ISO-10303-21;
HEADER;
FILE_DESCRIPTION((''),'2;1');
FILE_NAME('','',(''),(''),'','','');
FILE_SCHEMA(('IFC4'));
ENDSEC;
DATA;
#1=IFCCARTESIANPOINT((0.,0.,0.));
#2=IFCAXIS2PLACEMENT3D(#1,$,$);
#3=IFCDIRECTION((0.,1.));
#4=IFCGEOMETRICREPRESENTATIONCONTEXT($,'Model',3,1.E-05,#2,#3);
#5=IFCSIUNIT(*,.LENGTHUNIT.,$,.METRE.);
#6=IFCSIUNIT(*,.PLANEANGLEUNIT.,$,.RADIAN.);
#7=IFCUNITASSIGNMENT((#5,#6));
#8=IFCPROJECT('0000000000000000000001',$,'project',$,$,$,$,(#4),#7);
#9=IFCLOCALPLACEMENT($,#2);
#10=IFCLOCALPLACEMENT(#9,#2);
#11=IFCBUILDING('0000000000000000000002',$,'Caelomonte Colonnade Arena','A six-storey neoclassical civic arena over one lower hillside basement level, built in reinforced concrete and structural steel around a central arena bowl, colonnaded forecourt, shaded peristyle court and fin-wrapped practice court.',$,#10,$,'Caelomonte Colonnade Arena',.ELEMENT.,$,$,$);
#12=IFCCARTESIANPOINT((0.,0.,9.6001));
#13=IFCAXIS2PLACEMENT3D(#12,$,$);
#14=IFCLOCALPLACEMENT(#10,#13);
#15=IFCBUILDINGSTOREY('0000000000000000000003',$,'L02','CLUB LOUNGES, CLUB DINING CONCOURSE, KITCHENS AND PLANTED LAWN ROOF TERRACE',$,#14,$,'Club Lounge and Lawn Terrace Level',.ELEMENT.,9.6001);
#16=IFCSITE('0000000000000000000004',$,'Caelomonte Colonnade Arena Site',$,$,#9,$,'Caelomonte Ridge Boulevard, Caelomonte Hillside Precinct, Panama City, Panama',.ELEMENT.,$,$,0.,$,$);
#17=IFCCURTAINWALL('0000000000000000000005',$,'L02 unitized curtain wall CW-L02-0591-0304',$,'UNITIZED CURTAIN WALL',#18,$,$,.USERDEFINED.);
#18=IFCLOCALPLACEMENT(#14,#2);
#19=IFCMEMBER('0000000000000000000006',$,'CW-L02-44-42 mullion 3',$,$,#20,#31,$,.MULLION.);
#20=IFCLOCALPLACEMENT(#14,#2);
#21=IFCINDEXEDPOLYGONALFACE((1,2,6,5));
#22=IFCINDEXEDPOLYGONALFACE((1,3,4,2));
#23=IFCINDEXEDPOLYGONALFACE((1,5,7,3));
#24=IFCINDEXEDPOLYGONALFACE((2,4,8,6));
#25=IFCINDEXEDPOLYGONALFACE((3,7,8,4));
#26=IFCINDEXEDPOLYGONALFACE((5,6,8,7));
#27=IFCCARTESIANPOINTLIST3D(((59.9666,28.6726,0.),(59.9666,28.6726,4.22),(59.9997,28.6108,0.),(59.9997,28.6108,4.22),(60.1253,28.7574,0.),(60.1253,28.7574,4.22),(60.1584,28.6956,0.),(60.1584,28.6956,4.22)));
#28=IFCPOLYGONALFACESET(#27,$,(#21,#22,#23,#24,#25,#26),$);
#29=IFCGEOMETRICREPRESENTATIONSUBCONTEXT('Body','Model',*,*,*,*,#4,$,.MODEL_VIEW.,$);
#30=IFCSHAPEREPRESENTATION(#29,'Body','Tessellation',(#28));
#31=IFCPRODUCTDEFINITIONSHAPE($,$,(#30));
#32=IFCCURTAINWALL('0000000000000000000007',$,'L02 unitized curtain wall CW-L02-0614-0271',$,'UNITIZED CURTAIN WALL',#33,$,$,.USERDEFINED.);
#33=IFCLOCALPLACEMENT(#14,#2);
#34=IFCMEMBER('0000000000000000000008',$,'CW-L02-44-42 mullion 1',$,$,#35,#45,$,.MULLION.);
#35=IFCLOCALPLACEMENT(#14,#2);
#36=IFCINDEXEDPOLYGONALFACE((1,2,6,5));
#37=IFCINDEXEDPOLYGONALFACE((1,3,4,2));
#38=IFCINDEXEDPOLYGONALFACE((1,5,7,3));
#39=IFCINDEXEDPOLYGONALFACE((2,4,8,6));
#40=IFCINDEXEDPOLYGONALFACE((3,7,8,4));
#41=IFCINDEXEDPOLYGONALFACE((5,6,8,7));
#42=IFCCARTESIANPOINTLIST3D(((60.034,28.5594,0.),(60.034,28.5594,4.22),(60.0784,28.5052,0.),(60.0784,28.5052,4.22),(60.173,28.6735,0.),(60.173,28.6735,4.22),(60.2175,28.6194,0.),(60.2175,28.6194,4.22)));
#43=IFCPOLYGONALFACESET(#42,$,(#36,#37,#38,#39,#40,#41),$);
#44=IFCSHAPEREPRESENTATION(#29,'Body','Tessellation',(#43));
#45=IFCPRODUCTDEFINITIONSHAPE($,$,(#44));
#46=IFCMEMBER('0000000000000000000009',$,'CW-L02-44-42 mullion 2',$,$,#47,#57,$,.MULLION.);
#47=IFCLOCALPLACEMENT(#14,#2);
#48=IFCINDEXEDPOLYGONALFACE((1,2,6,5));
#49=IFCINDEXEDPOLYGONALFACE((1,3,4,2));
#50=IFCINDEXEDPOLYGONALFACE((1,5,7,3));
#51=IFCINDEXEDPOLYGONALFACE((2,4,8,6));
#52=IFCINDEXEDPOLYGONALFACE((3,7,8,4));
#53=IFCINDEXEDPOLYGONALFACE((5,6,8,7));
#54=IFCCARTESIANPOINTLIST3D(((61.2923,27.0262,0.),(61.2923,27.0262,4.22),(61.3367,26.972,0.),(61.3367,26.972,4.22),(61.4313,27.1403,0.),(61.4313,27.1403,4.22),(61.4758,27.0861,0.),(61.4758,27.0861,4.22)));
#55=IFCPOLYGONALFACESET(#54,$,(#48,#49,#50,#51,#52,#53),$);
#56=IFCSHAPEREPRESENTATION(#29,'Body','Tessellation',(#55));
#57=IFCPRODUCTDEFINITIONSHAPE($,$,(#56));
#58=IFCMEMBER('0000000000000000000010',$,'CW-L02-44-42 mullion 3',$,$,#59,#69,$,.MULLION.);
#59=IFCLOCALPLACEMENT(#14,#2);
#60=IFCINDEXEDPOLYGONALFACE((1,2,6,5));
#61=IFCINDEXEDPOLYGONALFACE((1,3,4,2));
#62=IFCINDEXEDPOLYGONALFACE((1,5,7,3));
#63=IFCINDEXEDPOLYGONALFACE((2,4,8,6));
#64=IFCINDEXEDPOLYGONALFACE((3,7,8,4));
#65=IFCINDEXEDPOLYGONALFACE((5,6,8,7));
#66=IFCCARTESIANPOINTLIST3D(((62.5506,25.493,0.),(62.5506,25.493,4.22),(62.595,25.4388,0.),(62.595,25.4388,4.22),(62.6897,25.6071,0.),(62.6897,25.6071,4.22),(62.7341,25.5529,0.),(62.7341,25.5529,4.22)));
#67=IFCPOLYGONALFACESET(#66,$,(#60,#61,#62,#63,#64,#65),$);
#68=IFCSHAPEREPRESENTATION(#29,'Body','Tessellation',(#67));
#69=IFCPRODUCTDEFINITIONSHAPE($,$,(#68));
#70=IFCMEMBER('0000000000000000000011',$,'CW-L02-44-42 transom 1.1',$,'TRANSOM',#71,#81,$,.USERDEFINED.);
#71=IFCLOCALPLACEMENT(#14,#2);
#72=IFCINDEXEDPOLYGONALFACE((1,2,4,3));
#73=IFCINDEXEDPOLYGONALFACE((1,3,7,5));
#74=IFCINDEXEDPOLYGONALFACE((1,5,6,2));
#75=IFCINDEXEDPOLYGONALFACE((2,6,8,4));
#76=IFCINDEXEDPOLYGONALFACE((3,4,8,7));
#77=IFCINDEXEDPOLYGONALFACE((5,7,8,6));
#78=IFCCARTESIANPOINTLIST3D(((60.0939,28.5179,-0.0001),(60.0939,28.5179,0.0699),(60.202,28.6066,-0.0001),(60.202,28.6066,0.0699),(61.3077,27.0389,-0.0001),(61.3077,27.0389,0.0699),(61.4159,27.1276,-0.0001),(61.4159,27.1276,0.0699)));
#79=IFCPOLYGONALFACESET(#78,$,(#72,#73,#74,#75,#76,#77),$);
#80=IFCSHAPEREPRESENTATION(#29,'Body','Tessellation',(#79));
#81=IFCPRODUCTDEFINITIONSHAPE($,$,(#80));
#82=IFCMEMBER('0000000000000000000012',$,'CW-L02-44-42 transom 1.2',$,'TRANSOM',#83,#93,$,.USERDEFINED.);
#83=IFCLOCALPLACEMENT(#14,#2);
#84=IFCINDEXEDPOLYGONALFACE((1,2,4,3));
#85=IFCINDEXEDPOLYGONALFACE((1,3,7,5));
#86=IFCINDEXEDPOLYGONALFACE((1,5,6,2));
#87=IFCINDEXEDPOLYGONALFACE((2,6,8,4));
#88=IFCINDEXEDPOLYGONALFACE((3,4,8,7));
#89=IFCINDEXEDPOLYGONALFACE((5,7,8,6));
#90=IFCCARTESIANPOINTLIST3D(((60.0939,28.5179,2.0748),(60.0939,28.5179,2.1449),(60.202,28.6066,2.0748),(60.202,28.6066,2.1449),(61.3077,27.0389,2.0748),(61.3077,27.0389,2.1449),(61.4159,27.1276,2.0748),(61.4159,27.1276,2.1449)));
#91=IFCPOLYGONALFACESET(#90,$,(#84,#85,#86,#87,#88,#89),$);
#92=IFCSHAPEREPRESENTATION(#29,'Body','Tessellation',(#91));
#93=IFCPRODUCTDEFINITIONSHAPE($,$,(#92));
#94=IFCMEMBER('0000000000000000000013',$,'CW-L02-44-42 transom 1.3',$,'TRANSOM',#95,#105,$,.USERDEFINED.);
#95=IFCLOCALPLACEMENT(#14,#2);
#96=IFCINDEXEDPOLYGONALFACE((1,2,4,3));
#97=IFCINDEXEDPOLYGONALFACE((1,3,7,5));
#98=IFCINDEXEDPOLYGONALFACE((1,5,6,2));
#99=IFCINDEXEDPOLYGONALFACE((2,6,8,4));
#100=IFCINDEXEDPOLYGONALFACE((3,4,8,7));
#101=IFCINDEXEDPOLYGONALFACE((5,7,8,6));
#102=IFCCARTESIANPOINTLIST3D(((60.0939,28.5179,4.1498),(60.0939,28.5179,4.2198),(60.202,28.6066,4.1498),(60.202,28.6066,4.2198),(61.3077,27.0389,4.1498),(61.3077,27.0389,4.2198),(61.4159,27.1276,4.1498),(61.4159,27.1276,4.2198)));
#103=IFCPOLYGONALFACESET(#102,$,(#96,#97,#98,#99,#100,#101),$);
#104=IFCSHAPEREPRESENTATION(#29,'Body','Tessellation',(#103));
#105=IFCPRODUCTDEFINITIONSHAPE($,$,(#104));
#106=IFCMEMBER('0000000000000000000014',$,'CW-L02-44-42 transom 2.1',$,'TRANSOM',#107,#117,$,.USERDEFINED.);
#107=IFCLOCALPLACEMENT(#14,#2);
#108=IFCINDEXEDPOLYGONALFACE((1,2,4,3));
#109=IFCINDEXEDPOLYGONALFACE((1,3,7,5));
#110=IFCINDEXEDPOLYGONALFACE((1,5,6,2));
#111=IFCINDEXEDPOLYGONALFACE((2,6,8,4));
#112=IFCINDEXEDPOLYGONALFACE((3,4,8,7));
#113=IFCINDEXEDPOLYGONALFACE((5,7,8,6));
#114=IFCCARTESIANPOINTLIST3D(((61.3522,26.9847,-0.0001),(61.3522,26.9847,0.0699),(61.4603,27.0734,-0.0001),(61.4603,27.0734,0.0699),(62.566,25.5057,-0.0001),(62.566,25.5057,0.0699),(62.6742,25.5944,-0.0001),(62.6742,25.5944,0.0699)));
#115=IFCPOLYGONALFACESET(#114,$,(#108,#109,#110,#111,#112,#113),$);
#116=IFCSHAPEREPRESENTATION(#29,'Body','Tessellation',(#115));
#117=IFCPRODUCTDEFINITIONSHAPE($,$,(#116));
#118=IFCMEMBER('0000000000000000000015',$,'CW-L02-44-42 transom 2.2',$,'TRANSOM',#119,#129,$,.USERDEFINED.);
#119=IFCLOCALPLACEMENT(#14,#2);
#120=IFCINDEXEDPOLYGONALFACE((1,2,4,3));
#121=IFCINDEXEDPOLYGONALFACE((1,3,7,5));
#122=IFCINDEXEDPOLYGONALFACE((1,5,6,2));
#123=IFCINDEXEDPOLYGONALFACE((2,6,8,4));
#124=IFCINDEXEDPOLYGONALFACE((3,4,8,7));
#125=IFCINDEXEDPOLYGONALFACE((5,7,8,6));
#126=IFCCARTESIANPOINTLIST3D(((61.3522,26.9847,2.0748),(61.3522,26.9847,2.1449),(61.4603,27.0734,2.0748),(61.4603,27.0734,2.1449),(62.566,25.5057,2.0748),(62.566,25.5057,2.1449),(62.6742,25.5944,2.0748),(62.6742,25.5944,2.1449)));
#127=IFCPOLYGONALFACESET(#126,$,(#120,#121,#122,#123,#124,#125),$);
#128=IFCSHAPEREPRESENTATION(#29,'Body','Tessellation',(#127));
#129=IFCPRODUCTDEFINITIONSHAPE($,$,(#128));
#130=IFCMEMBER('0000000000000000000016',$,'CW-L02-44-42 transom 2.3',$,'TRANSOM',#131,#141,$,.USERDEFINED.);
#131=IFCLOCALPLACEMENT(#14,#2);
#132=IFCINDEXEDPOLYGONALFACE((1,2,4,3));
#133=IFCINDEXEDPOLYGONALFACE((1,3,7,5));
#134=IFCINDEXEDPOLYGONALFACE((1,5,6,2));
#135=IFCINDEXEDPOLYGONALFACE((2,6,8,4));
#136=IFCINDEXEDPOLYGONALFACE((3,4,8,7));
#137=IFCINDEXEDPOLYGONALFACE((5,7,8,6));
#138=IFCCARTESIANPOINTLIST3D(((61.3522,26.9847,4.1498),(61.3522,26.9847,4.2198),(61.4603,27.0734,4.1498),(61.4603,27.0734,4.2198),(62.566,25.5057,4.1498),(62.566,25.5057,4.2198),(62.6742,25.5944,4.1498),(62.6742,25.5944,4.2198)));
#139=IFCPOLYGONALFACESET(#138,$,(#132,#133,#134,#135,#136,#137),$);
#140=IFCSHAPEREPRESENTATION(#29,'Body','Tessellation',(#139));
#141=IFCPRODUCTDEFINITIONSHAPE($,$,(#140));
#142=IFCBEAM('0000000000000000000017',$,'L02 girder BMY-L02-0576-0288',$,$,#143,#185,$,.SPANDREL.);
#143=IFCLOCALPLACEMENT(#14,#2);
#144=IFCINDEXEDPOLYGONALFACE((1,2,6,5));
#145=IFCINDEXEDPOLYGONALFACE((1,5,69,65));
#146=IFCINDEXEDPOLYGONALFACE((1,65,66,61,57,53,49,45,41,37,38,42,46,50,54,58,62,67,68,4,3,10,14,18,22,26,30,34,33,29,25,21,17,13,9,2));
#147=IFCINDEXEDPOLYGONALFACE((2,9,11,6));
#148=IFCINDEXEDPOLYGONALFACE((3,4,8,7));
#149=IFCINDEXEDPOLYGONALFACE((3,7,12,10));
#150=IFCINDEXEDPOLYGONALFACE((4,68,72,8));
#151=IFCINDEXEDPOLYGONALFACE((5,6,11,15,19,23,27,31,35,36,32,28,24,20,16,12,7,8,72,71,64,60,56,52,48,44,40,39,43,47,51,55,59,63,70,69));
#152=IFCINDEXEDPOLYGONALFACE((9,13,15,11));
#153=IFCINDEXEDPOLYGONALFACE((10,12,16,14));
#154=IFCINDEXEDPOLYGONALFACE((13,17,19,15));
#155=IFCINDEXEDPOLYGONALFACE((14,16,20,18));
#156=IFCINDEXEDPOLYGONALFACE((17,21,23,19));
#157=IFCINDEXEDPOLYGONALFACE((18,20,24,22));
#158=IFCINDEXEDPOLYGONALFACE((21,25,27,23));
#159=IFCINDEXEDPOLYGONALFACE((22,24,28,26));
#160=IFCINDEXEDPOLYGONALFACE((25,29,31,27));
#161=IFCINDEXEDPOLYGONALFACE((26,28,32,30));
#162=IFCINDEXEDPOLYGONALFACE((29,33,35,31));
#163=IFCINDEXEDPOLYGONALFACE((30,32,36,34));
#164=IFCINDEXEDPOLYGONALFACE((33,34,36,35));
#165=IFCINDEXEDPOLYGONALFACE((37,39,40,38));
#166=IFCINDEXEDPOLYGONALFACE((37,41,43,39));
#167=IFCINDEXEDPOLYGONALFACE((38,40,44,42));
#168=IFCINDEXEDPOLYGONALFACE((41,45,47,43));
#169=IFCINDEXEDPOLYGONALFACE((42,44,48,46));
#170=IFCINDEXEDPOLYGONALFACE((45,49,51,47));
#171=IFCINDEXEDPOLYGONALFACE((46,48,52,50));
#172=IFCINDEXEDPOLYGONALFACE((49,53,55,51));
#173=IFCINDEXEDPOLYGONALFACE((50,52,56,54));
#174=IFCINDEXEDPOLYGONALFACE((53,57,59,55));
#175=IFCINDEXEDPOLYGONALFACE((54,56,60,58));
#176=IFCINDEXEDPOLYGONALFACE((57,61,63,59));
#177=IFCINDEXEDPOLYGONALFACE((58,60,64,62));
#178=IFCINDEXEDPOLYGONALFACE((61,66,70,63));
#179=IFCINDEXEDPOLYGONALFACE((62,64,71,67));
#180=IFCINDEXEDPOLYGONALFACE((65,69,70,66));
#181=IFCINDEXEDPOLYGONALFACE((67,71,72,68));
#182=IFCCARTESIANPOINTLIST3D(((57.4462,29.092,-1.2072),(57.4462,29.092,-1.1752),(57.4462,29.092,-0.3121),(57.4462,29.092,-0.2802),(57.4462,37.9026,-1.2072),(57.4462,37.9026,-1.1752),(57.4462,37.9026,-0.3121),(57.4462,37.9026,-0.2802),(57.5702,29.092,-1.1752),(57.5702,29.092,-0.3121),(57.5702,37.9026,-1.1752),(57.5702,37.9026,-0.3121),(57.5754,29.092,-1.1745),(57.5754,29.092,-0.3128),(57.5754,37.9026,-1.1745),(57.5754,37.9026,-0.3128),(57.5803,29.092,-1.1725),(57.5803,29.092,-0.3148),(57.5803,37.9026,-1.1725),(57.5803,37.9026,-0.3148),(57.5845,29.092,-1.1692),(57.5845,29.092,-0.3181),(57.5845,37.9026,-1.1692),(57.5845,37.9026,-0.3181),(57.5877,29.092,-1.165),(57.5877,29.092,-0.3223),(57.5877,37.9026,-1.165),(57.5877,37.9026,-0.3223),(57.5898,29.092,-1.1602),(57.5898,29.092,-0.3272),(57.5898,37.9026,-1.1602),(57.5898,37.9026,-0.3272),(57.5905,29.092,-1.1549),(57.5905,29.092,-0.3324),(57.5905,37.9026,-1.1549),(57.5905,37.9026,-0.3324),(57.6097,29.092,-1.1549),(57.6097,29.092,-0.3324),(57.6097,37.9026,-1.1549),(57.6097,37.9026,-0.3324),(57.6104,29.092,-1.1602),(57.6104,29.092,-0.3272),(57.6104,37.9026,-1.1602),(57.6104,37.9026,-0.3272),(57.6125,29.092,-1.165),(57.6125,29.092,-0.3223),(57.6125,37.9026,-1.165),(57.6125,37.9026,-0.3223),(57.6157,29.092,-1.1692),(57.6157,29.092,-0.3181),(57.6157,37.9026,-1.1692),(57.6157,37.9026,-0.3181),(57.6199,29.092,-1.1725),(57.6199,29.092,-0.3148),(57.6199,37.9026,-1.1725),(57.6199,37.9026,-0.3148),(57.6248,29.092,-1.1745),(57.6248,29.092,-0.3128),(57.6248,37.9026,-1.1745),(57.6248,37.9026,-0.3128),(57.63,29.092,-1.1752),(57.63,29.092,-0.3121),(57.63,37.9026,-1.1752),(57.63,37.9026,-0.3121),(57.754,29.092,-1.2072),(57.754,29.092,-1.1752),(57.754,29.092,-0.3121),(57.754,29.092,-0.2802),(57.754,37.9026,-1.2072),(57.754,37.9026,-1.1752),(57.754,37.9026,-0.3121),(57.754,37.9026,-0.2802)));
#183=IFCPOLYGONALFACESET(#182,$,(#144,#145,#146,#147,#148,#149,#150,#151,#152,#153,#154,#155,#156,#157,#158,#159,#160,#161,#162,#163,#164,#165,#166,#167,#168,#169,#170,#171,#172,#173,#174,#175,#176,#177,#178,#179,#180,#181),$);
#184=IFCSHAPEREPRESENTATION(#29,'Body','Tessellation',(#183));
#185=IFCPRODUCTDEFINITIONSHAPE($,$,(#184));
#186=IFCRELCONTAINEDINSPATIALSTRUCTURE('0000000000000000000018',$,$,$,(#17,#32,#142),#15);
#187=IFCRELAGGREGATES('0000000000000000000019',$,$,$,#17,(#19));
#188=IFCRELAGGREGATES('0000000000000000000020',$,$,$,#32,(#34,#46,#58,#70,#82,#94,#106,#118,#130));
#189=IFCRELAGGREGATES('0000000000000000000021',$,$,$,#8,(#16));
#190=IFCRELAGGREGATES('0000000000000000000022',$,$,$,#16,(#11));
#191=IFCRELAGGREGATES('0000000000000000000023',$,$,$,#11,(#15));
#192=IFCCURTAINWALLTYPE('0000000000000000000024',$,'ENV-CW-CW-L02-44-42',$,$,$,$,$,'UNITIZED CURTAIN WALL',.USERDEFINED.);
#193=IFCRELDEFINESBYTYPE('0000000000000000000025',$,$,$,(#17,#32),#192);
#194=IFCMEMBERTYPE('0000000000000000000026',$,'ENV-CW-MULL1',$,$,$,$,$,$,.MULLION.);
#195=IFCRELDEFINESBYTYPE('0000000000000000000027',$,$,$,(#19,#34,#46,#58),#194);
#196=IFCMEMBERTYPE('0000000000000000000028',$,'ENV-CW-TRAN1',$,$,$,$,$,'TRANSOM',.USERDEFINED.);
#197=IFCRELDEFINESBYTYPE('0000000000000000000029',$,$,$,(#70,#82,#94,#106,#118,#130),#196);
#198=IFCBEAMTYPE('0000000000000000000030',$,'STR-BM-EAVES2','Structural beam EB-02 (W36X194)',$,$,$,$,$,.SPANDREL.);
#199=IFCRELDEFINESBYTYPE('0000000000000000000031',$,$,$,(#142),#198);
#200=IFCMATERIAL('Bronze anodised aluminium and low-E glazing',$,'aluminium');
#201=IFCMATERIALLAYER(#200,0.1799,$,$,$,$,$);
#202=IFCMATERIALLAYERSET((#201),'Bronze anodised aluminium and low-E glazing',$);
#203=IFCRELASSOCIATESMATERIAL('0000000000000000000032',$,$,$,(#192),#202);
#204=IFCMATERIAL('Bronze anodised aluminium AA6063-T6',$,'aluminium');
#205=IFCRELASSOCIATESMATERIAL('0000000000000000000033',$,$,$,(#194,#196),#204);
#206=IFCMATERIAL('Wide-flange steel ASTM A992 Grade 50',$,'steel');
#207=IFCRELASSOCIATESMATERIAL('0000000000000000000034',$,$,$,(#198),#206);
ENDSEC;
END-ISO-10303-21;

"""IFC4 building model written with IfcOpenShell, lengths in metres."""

from ifc_helpers import new_model, si_unit, direction, frame, origin, origin_2d, place, context, subcontext, project, spatial, rectangle, i_section, extrude, material, layer, layer_set, material_profile, profile_set, type_object, element, aggregate, save


model = new_model("IFC4")

# Units and contexts
model_context = context("Model", 3, precision=1e-05, world=origin(), true_north=direction((0.0, 1.0)))
body_context = subcontext(model_context, "Body", "Model", "MODEL_VIEW")
ifc_project = project(units=[si_unit("LENGTHUNIT", "METRE"), si_unit("PLANEANGLEUNIT", "RADIAN")], contexts=[model_context])

# Site, building, storey
site_placement = place(None, origin())
site = spatial("IfcSite", under=ifc_project, at=site_placement, Name="Caelomonte Colonnade Arena Site", LongName="Caelomonte Ridge Boulevard, Caelomonte Hillside Precinct, Panama City, Panama", CompositionType="ELEMENT", RefElevation=0.0)
building_placement = place(site_placement, origin())
building = spatial("IfcBuilding", under=site, at=building_placement, Name="Caelomonte Colonnade Arena", Description="A six-storey neoclassical civic arena over one lower hillside basement level, built in reinforced concrete and structural steel around a central arena bowl, colonnaded forecourt, shaded peristyle court and fin-wrapped practice court.", LongName="Caelomonte Colonnade Arena", CompositionType="ELEMENT")
storey_placement = place(building_placement, frame((0.0, 0.0, 9.6001)))
storey = spatial("IfcBuildingStorey", under=building, at=storey_placement, Name="L02", Description="CLUB LOUNGES, CLUB DINING CONCOURSE, KITCHENS AND PLANTED LAWN ROOF TERRACE", LongName="Club Lounge and Lawn Terrace Level", CompositionType="ELEMENT", Elevation=9.6001)

# Curtain wall, member
ifc_material_1 = material(Name="Bronze anodised aluminium and low-E glazing", Category="aluminium")
ifc_layer_1 = layer(ifc_material_1, 0.1799)
ifc_layer_set_1 = layer_set([ifc_layer_1], Name="Bronze anodised aluminium and low-E glazing")
curtain_wall_type = type_object("IfcCurtainWallType", Name="ENV-CW-CW-L02-44-42", ElementType="UNITIZED CURTAIN WALL", PredefinedType="USERDEFINED", material=ifc_layer_set_1)
curtain_wall_1_placement = place(storey_placement, origin())
curtain_wall_1 = element("IfcCurtainWall", 1, at=curtain_wall_1_placement, inside=storey, type_object=curtain_wall_type, Name="L02 unitized curtain wall CW-L02-0591-0304", ObjectType="UNITIZED CURTAIN WALL", PredefinedType="USERDEFINED")
ifc_material_2 = material(Name="Bronze anodised aluminium AA6063-T6", Category="aluminium")
ifc_material_profile_1 = material_profile(ifc_material_2, rectangle(XDim=0.0701, YDim=0.1799, at=origin_2d()), Name="CWM-70X180")
ifc_profile_set_1 = profile_set([ifc_material_profile_1], Name="Bronze anodised aluminium AA6063-T6")
member_type_1 = type_object("IfcMemberType", Name="ENV-CW-MULL1", PredefinedType="MULLION", material=ifc_profile_set_1)
member_1_placement = place(storey_placement, frame((60.0625, 28.6841, 0.0), z_axis=(0.0, 0.0, 1.0), x_axis=(0.471394, -0.881923, 0.0)))
member_1 = element("IfcMember", 2, at=member_1_placement, type_object=member_type_1, Name="CW-L02-44-42 mullion 3", PredefinedType="MULLION", context=body_context, shape_type="SweptSolid", body=[
    extrude(rectangle(XDim=0.0701, YDim=0.1799, at=origin_2d()), origin(), (0.0, 0.0, 1.0), 4.22),
])
aggregate(curtain_wall_1, [member_1])

# Curtain wall, members
curtain_wall_2_placement = place(storey_placement, origin())
curtain_wall_2 = element("IfcCurtainWall", 3, at=curtain_wall_2_placement, inside=storey, type_object=curtain_wall_type, Name="L02 unitized curtain wall CW-L02-0614-0271", ObjectType="UNITIZED CURTAIN WALL", PredefinedType="USERDEFINED")
member_2_placement = place(storey_placement, frame((60.1257, 28.5894, 0.0), z_axis=(0.0, 0.0, 1.0), x_axis=(0.634416, -0.772992, 0.0)))
member_2 = element("IfcMember", 4, at=member_2_placement, type_object=member_type_1, Name="CW-L02-44-42 mullion 1", PredefinedType="MULLION", context=body_context, shape_type="SweptSolid", body=[
    extrude(rectangle(XDim=0.0701, YDim=0.1799, at=origin_2d()), origin(), (0.0, 0.0, 1.0), 4.22),
])
member_3_placement = place(storey_placement, frame((61.384, 27.0562, 0.0), z_axis=(0.0, 0.0, 1.0), x_axis=(0.634416, -0.772992, 0.0)))
member_3 = element("IfcMember", 5, at=member_3_placement, type_object=member_type_1, Name="CW-L02-44-42 mullion 2", PredefinedType="MULLION", context=body_context, shape_type="SweptSolid", body=[
    extrude(rectangle(XDim=0.0701, YDim=0.1799, at=origin_2d()), origin(), (0.0, 0.0, 1.0), 4.22),
])
member_4_placement = place(storey_placement, frame((62.6423, 25.5229, 0.0), z_axis=(0.0, 0.0, 1.0), x_axis=(0.634416, -0.772992, 0.0)))
member_4 = element("IfcMember", 6, at=member_4_placement, type_object=member_type_1, Name="CW-L02-44-42 mullion 3", PredefinedType="MULLION", context=body_context, shape_type="SweptSolid", body=[
    extrude(rectangle(XDim=0.0701, YDim=0.1799, at=origin_2d()), origin(), (0.0, 0.0, 1.0), 4.22),
])
ifc_material_profile_2 = material_profile(ifc_material_2, rectangle(XDim=0.0701, YDim=0.1399, at=origin_2d()), Name="CWT-70X140")
ifc_profile_set_2 = profile_set([ifc_material_profile_2], Name="Bronze anodised aluminium AA6063-T6")
member_type_2 = type_object("IfcMemberType", Name="ENV-CW-TRAN1", ElementType="TRANSOM", PredefinedType="USERDEFINED", material=ifc_profile_set_2)
member_5_placement = place(storey_placement, frame((60.1479, 28.5623, 0.0349), z_axis=(0.634418, -0.77299, 0.0), x_axis=(0.0, 0.0, 1.0)))
member_5 = element("IfcMember", 7, at=member_5_placement, type_object=member_type_2, Name="CW-L02-44-42 transom 1.1", ObjectType="TRANSOM", PredefinedType="USERDEFINED", context=body_context, shape_type="SweptSolid", body=[
    extrude(rectangle(XDim=0.0701, YDim=0.1399, at=origin_2d()), origin(), (0.0, 0.0, 1.0), 1.9133),
])
member_6_placement = place(storey_placement, frame((60.1479, 28.5623, 2.1099), z_axis=(0.634418, -0.77299, 0.0), x_axis=(0.0, 0.0, 1.0)))
member_6 = element("IfcMember", 8, at=member_6_placement, type_object=member_type_2, Name="CW-L02-44-42 transom 1.2", ObjectType="TRANSOM", PredefinedType="USERDEFINED", context=body_context, shape_type="SweptSolid", body=[
    extrude(rectangle(XDim=0.0701, YDim=0.1399, at=origin_2d()), origin(), (0.0, 0.0, 1.0), 1.9133),
])
member_7_placement = place(storey_placement, frame((60.1479, 28.5623, 4.1848), z_axis=(0.634418, -0.77299, 0.0), x_axis=(0.0, 0.0, 1.0)))
member_7 = element("IfcMember", 9, at=member_7_placement, type_object=member_type_2, Name="CW-L02-44-42 transom 1.3", ObjectType="TRANSOM", PredefinedType="USERDEFINED", context=body_context, shape_type="SweptSolid", body=[
    extrude(rectangle(XDim=0.0701, YDim=0.1399, at=origin_2d()), origin(), (0.0, 0.0, 1.0), 1.9133),
])
member_8_placement = place(storey_placement, frame((61.4062, 27.0291, 0.0349), z_axis=(0.634418, -0.77299, 0.0), x_axis=(0.0, 0.0, 1.0)))
member_8 = element("IfcMember", 10, at=member_8_placement, type_object=member_type_2, Name="CW-L02-44-42 transom 2.1", ObjectType="TRANSOM", PredefinedType="USERDEFINED", context=body_context, shape_type="SweptSolid", body=[
    extrude(rectangle(XDim=0.0701, YDim=0.1399, at=origin_2d()), origin(), (0.0, 0.0, 1.0), 1.9133),
])
member_9_placement = place(storey_placement, frame((61.4062, 27.0291, 2.1099), z_axis=(0.634418, -0.77299, 0.0), x_axis=(0.0, 0.0, 1.0)))
member_9 = element("IfcMember", 11, at=member_9_placement, type_object=member_type_2, Name="CW-L02-44-42 transom 2.2", ObjectType="TRANSOM", PredefinedType="USERDEFINED", context=body_context, shape_type="SweptSolid", body=[
    extrude(rectangle(XDim=0.0701, YDim=0.1399, at=origin_2d()), origin(), (0.0, 0.0, 1.0), 1.9133),
])
member_10_placement = place(storey_placement, frame((61.4062, 27.0291, 4.1848), z_axis=(0.634418, -0.77299, 0.0), x_axis=(0.0, 0.0, 1.0)))
member_10 = element("IfcMember", 12, at=member_10_placement, type_object=member_type_2, Name="CW-L02-44-42 transom 2.3", ObjectType="TRANSOM", PredefinedType="USERDEFINED", context=body_context, shape_type="SweptSolid", body=[
    extrude(rectangle(XDim=0.0701, YDim=0.1399, at=origin_2d()), origin(), (0.0, 0.0, 1.0), 1.9133),
])

# Beam
ifc_material_3 = material(Name="Wide-flange steel ASTM A992 Grade 50", Category="steel")
ifc_material_profile_3 = material_profile(ifc_material_3, i_section(OverallWidth=0.3079, OverallDepth=0.927, WebThickness=0.0193, FlangeThickness=0.032, FilletRadius=0.0203, at=origin_2d()), Name="W36X194")
ifc_profile_set_3 = profile_set([ifc_material_profile_3], Name="Wide-flange steel ASTM A992 Grade 50")
beam_type_1 = type_object("IfcBeamType", Name="STR-BM-EAVES2", Description="Structural beam EB-02 (W36X194)", PredefinedType="SPANDREL", material=ifc_profile_set_3)
beam_1_placement = place(storey_placement, frame((57.6001, 29.092, -0.7437), z_axis=(0.0, 1.0, 0.0), x_axis=(-1.0, 0.0, 0.0)))
element("IfcBeam", 13, at=beam_1_placement, inside=storey, type_object=beam_type_1, Name="L02 girder BMY-L02-0576-0288", PredefinedType="SPANDREL", context=body_context, shape_type="SweptSolid", body=[
    extrude(i_section(OverallWidth=0.3079, OverallDepth=0.927, WebThickness=0.0193, FlangeThickness=0.032, FilletRadius=0.0203, at=origin_2d()), origin(), (0.0, 0.0, 1.0), 8.8105),
])

aggregate(curtain_wall_2, [member_2, member_3, member_4, member_5, member_6, member_7, member_8, member_9, member_10])

save(model, "model.ifc")
